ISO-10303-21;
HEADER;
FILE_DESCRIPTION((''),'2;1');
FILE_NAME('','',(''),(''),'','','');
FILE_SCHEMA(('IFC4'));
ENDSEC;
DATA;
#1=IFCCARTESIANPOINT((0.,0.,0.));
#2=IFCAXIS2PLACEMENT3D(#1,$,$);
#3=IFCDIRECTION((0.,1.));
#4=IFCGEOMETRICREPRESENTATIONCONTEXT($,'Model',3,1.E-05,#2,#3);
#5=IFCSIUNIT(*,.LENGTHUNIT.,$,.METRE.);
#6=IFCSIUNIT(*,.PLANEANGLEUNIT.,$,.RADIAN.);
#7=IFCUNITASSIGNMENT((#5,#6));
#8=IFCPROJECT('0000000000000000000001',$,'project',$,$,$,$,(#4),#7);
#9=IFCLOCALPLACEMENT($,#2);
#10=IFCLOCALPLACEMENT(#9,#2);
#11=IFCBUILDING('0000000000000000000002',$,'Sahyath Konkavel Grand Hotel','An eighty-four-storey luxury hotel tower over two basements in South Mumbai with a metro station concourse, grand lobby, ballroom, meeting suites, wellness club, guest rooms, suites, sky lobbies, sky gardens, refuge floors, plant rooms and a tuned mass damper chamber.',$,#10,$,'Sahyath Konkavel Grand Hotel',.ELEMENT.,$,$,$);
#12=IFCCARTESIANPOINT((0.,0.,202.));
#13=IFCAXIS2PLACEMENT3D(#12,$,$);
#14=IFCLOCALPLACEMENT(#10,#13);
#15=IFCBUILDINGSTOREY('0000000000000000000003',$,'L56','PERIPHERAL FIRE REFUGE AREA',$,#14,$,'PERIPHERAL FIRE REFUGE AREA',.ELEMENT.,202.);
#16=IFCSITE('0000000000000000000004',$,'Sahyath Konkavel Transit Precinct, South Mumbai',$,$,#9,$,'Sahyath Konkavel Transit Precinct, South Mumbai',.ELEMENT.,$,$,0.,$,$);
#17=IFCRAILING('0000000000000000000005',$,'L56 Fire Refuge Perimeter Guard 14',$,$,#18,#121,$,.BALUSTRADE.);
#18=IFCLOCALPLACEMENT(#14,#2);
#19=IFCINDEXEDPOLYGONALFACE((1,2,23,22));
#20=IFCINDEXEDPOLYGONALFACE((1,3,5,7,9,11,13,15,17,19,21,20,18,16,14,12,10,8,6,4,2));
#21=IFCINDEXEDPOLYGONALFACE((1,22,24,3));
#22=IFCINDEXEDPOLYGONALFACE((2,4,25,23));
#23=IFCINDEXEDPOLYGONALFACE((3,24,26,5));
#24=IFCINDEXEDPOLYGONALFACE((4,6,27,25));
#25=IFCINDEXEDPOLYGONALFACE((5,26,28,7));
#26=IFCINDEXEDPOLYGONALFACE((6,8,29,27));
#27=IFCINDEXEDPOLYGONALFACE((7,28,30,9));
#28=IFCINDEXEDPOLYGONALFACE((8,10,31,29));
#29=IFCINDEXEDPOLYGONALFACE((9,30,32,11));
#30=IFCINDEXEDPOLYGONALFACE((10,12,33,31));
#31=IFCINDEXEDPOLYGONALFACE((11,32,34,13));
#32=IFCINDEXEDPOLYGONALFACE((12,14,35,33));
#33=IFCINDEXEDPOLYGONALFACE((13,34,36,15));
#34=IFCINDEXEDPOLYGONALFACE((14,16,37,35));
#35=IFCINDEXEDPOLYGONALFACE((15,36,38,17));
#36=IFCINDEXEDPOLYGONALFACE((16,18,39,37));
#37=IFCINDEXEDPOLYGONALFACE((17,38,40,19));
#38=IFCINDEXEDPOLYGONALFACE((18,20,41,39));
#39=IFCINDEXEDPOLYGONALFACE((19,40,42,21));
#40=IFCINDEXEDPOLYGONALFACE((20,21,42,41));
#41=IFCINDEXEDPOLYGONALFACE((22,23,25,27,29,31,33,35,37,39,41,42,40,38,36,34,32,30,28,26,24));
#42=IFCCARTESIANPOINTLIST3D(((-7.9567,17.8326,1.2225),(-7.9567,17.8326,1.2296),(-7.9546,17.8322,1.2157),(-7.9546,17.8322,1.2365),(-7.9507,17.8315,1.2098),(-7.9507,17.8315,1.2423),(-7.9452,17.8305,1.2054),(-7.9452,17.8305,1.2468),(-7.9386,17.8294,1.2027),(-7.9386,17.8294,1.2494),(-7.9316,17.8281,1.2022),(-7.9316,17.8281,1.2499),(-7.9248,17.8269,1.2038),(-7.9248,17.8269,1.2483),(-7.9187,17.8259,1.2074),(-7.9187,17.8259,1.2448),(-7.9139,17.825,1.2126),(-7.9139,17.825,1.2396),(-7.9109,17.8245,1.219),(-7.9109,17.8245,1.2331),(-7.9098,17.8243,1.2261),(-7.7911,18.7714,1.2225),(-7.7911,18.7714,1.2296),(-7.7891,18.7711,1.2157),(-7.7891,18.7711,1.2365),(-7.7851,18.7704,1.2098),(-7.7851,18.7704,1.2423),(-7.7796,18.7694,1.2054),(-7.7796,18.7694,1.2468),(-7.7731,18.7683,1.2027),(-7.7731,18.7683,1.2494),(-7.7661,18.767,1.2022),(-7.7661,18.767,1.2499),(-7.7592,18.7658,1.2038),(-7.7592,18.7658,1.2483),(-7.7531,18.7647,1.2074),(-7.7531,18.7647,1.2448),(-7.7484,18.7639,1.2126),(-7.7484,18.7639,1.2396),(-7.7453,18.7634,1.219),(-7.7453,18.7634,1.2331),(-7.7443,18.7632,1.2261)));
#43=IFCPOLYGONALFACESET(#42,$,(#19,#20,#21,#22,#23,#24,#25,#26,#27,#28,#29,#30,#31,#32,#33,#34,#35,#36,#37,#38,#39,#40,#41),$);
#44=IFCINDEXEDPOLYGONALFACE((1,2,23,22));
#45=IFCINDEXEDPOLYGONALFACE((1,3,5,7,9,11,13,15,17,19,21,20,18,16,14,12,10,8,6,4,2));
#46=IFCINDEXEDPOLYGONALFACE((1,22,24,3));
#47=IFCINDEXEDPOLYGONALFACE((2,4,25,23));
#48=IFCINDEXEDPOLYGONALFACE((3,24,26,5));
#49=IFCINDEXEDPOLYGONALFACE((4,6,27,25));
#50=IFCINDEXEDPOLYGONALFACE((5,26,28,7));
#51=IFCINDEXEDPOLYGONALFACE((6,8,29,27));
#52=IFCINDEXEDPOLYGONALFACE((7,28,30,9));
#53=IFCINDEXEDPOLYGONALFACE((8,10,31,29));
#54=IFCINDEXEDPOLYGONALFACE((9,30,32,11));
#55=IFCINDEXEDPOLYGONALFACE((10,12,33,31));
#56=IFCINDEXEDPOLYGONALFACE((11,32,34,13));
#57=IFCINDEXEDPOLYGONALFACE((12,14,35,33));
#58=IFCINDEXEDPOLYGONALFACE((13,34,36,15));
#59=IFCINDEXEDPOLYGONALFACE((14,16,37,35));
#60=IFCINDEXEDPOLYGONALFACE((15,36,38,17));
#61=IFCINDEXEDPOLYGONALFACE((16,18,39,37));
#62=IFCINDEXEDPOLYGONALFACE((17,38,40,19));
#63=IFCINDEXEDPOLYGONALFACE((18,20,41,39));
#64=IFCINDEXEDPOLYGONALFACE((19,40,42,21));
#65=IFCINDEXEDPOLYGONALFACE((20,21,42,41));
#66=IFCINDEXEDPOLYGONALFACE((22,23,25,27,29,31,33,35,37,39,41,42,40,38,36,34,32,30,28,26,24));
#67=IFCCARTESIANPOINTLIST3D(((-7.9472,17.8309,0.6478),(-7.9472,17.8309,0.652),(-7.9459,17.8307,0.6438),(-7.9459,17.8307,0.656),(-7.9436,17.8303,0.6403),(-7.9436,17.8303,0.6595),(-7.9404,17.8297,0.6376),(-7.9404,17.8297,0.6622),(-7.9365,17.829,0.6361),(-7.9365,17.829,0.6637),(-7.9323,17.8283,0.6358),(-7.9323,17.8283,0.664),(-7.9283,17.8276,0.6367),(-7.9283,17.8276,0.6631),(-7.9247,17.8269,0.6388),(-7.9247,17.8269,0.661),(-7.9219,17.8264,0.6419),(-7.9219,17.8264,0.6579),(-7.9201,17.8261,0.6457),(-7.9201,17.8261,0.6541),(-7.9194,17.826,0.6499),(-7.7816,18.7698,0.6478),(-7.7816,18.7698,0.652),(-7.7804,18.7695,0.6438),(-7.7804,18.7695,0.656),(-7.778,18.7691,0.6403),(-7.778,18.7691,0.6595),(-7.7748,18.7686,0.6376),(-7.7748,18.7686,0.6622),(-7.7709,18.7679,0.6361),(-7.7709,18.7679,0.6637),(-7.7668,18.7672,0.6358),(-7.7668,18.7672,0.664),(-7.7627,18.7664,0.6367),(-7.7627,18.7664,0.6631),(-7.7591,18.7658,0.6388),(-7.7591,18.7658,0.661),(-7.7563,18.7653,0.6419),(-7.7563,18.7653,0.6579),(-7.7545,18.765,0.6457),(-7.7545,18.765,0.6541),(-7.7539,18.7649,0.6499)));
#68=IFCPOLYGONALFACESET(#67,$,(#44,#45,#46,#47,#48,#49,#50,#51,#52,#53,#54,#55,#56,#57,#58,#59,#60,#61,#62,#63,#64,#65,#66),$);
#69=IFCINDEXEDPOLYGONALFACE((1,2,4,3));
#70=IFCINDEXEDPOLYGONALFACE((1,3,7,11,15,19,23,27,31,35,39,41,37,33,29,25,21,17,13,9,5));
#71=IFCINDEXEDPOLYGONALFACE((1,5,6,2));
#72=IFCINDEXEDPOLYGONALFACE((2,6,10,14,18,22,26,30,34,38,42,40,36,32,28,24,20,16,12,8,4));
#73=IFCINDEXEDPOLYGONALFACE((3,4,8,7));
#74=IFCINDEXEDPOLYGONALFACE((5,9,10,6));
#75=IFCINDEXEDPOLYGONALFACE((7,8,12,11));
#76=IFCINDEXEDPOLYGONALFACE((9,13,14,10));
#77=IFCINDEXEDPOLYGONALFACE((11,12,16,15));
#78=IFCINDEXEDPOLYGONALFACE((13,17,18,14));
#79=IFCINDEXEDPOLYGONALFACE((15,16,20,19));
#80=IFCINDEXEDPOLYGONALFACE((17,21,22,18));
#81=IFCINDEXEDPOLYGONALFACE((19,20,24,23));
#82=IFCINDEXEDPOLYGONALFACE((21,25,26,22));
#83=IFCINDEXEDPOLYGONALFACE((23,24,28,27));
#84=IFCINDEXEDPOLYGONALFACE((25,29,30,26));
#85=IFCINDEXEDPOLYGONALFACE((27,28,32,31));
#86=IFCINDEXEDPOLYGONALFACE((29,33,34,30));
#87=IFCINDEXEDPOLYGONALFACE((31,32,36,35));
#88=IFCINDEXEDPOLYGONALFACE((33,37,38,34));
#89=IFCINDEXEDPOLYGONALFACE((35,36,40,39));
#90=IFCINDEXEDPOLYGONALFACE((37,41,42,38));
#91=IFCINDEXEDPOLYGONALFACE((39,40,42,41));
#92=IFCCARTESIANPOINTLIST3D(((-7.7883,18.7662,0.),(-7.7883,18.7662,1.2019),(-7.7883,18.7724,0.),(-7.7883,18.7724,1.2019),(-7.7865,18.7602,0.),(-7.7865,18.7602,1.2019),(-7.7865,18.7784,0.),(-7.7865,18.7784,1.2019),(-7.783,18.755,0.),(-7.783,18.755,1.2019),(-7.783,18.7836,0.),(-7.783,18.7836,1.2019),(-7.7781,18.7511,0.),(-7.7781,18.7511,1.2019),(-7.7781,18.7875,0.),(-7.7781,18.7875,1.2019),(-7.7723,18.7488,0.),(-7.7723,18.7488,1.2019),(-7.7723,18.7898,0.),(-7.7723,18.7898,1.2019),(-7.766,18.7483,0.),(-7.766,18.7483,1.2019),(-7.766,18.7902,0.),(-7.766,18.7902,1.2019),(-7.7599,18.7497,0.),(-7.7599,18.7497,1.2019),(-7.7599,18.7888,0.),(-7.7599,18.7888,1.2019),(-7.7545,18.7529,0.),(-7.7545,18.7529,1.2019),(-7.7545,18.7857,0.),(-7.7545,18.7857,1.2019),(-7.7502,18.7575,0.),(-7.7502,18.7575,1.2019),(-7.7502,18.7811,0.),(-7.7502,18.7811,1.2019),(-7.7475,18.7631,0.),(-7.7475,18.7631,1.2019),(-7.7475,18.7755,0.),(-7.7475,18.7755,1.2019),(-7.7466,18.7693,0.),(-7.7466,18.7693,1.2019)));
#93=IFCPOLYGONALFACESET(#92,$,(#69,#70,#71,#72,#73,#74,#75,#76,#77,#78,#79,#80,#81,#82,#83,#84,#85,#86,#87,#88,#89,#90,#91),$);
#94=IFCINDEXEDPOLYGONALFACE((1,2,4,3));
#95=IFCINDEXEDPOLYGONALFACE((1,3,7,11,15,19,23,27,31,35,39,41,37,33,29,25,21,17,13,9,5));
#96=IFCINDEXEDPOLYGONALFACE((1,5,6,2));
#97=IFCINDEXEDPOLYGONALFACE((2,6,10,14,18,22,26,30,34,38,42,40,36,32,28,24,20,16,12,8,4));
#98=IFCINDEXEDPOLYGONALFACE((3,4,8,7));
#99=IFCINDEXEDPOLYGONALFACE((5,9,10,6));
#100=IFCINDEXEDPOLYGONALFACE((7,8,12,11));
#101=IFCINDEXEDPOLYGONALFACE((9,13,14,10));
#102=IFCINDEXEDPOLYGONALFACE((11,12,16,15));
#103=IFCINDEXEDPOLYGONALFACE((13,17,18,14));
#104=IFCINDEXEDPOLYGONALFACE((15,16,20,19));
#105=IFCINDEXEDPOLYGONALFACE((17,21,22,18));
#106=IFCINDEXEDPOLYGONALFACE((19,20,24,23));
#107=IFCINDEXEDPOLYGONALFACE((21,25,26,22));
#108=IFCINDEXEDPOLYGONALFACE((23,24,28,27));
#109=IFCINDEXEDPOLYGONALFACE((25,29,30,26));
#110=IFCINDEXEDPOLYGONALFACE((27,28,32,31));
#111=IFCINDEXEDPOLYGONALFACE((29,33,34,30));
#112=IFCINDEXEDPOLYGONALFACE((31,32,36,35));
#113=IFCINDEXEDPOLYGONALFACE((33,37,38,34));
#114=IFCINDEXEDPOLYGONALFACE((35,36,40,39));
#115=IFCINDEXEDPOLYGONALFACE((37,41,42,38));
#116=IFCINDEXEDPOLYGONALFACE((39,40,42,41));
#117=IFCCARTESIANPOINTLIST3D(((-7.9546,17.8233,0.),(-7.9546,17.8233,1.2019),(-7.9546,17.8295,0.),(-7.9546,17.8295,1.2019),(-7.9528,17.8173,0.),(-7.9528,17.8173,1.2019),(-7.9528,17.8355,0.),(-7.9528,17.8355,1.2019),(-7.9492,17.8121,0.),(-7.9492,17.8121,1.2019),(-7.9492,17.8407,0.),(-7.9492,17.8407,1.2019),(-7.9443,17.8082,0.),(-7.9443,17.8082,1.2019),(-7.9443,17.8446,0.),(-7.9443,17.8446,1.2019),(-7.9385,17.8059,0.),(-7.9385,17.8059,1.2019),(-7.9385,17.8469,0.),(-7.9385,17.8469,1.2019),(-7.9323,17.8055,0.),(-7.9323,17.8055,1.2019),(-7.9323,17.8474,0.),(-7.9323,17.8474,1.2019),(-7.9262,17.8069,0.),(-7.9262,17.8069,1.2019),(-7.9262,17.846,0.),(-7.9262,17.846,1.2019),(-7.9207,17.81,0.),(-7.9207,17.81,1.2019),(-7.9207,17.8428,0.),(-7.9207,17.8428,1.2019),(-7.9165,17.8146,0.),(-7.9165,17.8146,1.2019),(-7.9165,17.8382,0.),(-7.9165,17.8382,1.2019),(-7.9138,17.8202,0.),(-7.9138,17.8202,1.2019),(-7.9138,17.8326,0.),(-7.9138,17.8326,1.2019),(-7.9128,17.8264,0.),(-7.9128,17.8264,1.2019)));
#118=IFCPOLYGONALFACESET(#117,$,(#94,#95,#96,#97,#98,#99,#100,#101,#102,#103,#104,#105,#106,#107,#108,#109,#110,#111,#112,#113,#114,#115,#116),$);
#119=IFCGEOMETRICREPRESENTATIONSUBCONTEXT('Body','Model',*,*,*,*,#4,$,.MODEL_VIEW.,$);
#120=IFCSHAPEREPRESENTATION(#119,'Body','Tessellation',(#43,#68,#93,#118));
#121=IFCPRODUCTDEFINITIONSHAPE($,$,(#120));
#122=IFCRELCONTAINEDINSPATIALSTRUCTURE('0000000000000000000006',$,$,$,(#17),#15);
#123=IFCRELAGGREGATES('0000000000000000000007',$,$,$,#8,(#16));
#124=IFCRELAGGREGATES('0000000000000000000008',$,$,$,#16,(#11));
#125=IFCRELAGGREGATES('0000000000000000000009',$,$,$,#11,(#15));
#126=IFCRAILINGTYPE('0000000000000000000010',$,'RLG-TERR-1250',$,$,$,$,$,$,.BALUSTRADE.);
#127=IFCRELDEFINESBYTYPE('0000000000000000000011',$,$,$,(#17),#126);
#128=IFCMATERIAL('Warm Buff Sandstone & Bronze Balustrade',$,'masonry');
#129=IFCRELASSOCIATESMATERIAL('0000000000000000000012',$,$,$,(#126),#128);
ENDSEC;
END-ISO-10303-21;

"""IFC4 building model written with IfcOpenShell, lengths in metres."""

from ifc_helpers import new_model, si_unit, direction, frame, origin, origin_2d, place, context, subcontext, project, spatial, circle, extrude, material, type_object, element, save


model = new_model("IFC4")

# Units and contexts
model_context = context("Model", 3, precision=1e-05, world=origin(), true_north=direction((0.0, 1.0)))
body_context = subcontext(model_context, "Body", "Model", "MODEL_VIEW")
ifc_project = project(units=[si_unit("LENGTHUNIT", "METRE"), si_unit("PLANEANGLEUNIT", "RADIAN")], contexts=[model_context])

# Site, building, storey
site_placement = place(None, origin())
site = spatial("IfcSite", under=ifc_project, at=site_placement, Name="Sahyath Konkavel Transit Precinct, South Mumbai", LongName="Sahyath Konkavel Transit Precinct, South Mumbai", CompositionType="ELEMENT", RefElevation=0.0)
building_placement = place(site_placement, origin())
building = spatial("IfcBuilding", under=site, at=building_placement, Name="Sahyath Konkavel Grand Hotel", Description="An eighty-four-storey luxury hotel tower over two basements in South Mumbai with a metro station concourse, grand lobby, ballroom, meeting suites, wellness club, guest rooms, suites, sky lobbies, sky gardens, refuge floors, plant rooms and a tuned mass damper chamber.", LongName="Sahyath Konkavel Grand Hotel", CompositionType="ELEMENT")
storey_placement = place(building_placement, frame((0.0, 0.0, 202.0)))
storey = spatial("IfcBuildingStorey", under=building, at=storey_placement, Name="L56", Description="PERIPHERAL FIRE REFUGE AREA", LongName="PERIPHERAL FIRE REFUGE AREA", CompositionType="ELEMENT", Elevation=202.0)

# Railing
ifc_material_1 = material(Name="Warm Buff Sandstone & Bronze Balustrade", Category="masonry")
railing_type = type_object("IfcRailingType", Name="RLG-TERR-1250", PredefinedType="BALUSTRADE", material=ifc_material_1)
railing_1_placement = place(storey_placement, frame((-7.7676, 18.7693, 0.0)))
element("IfcRailing", 1, at=railing_1_placement, inside=storey, type_object=railing_type, Name="L56 Fire Refuge Perimeter Guard 14", PredefinedType="BALUSTRADE", context=body_context, shape_type="SweptSolid", body=[
    extrude(circle(Radius=0.0239, at=origin_2d()), frame((-0.0002, -0.002, 1.2261), z_axis=(-0.173654, -0.984807, 0.0), x_axis=(0.984807, -0.173654, 0.0)), (0.0, 0.0, 1.0), 0.9534),
    extrude(circle(Radius=0.0142, at=origin_2d()), frame((-0.0002, -0.002, 0.6499), z_axis=(-0.173654, -0.984807, 0.0), x_axis=(0.984807, -0.173654, 0.0)), (0.0, 0.0, 1.0), 0.9534),
    extrude(circle(Radius=0.021, at=origin_2d()), origin(), (0.0, 0.0, 1.0), 1.2019),
    extrude(circle(Radius=0.021, at=origin_2d()), frame((-0.1663, -0.9429, 0.0)), (0.0, 0.0, 1.0), 1.2019),
])

save(model, "model.ifc")
